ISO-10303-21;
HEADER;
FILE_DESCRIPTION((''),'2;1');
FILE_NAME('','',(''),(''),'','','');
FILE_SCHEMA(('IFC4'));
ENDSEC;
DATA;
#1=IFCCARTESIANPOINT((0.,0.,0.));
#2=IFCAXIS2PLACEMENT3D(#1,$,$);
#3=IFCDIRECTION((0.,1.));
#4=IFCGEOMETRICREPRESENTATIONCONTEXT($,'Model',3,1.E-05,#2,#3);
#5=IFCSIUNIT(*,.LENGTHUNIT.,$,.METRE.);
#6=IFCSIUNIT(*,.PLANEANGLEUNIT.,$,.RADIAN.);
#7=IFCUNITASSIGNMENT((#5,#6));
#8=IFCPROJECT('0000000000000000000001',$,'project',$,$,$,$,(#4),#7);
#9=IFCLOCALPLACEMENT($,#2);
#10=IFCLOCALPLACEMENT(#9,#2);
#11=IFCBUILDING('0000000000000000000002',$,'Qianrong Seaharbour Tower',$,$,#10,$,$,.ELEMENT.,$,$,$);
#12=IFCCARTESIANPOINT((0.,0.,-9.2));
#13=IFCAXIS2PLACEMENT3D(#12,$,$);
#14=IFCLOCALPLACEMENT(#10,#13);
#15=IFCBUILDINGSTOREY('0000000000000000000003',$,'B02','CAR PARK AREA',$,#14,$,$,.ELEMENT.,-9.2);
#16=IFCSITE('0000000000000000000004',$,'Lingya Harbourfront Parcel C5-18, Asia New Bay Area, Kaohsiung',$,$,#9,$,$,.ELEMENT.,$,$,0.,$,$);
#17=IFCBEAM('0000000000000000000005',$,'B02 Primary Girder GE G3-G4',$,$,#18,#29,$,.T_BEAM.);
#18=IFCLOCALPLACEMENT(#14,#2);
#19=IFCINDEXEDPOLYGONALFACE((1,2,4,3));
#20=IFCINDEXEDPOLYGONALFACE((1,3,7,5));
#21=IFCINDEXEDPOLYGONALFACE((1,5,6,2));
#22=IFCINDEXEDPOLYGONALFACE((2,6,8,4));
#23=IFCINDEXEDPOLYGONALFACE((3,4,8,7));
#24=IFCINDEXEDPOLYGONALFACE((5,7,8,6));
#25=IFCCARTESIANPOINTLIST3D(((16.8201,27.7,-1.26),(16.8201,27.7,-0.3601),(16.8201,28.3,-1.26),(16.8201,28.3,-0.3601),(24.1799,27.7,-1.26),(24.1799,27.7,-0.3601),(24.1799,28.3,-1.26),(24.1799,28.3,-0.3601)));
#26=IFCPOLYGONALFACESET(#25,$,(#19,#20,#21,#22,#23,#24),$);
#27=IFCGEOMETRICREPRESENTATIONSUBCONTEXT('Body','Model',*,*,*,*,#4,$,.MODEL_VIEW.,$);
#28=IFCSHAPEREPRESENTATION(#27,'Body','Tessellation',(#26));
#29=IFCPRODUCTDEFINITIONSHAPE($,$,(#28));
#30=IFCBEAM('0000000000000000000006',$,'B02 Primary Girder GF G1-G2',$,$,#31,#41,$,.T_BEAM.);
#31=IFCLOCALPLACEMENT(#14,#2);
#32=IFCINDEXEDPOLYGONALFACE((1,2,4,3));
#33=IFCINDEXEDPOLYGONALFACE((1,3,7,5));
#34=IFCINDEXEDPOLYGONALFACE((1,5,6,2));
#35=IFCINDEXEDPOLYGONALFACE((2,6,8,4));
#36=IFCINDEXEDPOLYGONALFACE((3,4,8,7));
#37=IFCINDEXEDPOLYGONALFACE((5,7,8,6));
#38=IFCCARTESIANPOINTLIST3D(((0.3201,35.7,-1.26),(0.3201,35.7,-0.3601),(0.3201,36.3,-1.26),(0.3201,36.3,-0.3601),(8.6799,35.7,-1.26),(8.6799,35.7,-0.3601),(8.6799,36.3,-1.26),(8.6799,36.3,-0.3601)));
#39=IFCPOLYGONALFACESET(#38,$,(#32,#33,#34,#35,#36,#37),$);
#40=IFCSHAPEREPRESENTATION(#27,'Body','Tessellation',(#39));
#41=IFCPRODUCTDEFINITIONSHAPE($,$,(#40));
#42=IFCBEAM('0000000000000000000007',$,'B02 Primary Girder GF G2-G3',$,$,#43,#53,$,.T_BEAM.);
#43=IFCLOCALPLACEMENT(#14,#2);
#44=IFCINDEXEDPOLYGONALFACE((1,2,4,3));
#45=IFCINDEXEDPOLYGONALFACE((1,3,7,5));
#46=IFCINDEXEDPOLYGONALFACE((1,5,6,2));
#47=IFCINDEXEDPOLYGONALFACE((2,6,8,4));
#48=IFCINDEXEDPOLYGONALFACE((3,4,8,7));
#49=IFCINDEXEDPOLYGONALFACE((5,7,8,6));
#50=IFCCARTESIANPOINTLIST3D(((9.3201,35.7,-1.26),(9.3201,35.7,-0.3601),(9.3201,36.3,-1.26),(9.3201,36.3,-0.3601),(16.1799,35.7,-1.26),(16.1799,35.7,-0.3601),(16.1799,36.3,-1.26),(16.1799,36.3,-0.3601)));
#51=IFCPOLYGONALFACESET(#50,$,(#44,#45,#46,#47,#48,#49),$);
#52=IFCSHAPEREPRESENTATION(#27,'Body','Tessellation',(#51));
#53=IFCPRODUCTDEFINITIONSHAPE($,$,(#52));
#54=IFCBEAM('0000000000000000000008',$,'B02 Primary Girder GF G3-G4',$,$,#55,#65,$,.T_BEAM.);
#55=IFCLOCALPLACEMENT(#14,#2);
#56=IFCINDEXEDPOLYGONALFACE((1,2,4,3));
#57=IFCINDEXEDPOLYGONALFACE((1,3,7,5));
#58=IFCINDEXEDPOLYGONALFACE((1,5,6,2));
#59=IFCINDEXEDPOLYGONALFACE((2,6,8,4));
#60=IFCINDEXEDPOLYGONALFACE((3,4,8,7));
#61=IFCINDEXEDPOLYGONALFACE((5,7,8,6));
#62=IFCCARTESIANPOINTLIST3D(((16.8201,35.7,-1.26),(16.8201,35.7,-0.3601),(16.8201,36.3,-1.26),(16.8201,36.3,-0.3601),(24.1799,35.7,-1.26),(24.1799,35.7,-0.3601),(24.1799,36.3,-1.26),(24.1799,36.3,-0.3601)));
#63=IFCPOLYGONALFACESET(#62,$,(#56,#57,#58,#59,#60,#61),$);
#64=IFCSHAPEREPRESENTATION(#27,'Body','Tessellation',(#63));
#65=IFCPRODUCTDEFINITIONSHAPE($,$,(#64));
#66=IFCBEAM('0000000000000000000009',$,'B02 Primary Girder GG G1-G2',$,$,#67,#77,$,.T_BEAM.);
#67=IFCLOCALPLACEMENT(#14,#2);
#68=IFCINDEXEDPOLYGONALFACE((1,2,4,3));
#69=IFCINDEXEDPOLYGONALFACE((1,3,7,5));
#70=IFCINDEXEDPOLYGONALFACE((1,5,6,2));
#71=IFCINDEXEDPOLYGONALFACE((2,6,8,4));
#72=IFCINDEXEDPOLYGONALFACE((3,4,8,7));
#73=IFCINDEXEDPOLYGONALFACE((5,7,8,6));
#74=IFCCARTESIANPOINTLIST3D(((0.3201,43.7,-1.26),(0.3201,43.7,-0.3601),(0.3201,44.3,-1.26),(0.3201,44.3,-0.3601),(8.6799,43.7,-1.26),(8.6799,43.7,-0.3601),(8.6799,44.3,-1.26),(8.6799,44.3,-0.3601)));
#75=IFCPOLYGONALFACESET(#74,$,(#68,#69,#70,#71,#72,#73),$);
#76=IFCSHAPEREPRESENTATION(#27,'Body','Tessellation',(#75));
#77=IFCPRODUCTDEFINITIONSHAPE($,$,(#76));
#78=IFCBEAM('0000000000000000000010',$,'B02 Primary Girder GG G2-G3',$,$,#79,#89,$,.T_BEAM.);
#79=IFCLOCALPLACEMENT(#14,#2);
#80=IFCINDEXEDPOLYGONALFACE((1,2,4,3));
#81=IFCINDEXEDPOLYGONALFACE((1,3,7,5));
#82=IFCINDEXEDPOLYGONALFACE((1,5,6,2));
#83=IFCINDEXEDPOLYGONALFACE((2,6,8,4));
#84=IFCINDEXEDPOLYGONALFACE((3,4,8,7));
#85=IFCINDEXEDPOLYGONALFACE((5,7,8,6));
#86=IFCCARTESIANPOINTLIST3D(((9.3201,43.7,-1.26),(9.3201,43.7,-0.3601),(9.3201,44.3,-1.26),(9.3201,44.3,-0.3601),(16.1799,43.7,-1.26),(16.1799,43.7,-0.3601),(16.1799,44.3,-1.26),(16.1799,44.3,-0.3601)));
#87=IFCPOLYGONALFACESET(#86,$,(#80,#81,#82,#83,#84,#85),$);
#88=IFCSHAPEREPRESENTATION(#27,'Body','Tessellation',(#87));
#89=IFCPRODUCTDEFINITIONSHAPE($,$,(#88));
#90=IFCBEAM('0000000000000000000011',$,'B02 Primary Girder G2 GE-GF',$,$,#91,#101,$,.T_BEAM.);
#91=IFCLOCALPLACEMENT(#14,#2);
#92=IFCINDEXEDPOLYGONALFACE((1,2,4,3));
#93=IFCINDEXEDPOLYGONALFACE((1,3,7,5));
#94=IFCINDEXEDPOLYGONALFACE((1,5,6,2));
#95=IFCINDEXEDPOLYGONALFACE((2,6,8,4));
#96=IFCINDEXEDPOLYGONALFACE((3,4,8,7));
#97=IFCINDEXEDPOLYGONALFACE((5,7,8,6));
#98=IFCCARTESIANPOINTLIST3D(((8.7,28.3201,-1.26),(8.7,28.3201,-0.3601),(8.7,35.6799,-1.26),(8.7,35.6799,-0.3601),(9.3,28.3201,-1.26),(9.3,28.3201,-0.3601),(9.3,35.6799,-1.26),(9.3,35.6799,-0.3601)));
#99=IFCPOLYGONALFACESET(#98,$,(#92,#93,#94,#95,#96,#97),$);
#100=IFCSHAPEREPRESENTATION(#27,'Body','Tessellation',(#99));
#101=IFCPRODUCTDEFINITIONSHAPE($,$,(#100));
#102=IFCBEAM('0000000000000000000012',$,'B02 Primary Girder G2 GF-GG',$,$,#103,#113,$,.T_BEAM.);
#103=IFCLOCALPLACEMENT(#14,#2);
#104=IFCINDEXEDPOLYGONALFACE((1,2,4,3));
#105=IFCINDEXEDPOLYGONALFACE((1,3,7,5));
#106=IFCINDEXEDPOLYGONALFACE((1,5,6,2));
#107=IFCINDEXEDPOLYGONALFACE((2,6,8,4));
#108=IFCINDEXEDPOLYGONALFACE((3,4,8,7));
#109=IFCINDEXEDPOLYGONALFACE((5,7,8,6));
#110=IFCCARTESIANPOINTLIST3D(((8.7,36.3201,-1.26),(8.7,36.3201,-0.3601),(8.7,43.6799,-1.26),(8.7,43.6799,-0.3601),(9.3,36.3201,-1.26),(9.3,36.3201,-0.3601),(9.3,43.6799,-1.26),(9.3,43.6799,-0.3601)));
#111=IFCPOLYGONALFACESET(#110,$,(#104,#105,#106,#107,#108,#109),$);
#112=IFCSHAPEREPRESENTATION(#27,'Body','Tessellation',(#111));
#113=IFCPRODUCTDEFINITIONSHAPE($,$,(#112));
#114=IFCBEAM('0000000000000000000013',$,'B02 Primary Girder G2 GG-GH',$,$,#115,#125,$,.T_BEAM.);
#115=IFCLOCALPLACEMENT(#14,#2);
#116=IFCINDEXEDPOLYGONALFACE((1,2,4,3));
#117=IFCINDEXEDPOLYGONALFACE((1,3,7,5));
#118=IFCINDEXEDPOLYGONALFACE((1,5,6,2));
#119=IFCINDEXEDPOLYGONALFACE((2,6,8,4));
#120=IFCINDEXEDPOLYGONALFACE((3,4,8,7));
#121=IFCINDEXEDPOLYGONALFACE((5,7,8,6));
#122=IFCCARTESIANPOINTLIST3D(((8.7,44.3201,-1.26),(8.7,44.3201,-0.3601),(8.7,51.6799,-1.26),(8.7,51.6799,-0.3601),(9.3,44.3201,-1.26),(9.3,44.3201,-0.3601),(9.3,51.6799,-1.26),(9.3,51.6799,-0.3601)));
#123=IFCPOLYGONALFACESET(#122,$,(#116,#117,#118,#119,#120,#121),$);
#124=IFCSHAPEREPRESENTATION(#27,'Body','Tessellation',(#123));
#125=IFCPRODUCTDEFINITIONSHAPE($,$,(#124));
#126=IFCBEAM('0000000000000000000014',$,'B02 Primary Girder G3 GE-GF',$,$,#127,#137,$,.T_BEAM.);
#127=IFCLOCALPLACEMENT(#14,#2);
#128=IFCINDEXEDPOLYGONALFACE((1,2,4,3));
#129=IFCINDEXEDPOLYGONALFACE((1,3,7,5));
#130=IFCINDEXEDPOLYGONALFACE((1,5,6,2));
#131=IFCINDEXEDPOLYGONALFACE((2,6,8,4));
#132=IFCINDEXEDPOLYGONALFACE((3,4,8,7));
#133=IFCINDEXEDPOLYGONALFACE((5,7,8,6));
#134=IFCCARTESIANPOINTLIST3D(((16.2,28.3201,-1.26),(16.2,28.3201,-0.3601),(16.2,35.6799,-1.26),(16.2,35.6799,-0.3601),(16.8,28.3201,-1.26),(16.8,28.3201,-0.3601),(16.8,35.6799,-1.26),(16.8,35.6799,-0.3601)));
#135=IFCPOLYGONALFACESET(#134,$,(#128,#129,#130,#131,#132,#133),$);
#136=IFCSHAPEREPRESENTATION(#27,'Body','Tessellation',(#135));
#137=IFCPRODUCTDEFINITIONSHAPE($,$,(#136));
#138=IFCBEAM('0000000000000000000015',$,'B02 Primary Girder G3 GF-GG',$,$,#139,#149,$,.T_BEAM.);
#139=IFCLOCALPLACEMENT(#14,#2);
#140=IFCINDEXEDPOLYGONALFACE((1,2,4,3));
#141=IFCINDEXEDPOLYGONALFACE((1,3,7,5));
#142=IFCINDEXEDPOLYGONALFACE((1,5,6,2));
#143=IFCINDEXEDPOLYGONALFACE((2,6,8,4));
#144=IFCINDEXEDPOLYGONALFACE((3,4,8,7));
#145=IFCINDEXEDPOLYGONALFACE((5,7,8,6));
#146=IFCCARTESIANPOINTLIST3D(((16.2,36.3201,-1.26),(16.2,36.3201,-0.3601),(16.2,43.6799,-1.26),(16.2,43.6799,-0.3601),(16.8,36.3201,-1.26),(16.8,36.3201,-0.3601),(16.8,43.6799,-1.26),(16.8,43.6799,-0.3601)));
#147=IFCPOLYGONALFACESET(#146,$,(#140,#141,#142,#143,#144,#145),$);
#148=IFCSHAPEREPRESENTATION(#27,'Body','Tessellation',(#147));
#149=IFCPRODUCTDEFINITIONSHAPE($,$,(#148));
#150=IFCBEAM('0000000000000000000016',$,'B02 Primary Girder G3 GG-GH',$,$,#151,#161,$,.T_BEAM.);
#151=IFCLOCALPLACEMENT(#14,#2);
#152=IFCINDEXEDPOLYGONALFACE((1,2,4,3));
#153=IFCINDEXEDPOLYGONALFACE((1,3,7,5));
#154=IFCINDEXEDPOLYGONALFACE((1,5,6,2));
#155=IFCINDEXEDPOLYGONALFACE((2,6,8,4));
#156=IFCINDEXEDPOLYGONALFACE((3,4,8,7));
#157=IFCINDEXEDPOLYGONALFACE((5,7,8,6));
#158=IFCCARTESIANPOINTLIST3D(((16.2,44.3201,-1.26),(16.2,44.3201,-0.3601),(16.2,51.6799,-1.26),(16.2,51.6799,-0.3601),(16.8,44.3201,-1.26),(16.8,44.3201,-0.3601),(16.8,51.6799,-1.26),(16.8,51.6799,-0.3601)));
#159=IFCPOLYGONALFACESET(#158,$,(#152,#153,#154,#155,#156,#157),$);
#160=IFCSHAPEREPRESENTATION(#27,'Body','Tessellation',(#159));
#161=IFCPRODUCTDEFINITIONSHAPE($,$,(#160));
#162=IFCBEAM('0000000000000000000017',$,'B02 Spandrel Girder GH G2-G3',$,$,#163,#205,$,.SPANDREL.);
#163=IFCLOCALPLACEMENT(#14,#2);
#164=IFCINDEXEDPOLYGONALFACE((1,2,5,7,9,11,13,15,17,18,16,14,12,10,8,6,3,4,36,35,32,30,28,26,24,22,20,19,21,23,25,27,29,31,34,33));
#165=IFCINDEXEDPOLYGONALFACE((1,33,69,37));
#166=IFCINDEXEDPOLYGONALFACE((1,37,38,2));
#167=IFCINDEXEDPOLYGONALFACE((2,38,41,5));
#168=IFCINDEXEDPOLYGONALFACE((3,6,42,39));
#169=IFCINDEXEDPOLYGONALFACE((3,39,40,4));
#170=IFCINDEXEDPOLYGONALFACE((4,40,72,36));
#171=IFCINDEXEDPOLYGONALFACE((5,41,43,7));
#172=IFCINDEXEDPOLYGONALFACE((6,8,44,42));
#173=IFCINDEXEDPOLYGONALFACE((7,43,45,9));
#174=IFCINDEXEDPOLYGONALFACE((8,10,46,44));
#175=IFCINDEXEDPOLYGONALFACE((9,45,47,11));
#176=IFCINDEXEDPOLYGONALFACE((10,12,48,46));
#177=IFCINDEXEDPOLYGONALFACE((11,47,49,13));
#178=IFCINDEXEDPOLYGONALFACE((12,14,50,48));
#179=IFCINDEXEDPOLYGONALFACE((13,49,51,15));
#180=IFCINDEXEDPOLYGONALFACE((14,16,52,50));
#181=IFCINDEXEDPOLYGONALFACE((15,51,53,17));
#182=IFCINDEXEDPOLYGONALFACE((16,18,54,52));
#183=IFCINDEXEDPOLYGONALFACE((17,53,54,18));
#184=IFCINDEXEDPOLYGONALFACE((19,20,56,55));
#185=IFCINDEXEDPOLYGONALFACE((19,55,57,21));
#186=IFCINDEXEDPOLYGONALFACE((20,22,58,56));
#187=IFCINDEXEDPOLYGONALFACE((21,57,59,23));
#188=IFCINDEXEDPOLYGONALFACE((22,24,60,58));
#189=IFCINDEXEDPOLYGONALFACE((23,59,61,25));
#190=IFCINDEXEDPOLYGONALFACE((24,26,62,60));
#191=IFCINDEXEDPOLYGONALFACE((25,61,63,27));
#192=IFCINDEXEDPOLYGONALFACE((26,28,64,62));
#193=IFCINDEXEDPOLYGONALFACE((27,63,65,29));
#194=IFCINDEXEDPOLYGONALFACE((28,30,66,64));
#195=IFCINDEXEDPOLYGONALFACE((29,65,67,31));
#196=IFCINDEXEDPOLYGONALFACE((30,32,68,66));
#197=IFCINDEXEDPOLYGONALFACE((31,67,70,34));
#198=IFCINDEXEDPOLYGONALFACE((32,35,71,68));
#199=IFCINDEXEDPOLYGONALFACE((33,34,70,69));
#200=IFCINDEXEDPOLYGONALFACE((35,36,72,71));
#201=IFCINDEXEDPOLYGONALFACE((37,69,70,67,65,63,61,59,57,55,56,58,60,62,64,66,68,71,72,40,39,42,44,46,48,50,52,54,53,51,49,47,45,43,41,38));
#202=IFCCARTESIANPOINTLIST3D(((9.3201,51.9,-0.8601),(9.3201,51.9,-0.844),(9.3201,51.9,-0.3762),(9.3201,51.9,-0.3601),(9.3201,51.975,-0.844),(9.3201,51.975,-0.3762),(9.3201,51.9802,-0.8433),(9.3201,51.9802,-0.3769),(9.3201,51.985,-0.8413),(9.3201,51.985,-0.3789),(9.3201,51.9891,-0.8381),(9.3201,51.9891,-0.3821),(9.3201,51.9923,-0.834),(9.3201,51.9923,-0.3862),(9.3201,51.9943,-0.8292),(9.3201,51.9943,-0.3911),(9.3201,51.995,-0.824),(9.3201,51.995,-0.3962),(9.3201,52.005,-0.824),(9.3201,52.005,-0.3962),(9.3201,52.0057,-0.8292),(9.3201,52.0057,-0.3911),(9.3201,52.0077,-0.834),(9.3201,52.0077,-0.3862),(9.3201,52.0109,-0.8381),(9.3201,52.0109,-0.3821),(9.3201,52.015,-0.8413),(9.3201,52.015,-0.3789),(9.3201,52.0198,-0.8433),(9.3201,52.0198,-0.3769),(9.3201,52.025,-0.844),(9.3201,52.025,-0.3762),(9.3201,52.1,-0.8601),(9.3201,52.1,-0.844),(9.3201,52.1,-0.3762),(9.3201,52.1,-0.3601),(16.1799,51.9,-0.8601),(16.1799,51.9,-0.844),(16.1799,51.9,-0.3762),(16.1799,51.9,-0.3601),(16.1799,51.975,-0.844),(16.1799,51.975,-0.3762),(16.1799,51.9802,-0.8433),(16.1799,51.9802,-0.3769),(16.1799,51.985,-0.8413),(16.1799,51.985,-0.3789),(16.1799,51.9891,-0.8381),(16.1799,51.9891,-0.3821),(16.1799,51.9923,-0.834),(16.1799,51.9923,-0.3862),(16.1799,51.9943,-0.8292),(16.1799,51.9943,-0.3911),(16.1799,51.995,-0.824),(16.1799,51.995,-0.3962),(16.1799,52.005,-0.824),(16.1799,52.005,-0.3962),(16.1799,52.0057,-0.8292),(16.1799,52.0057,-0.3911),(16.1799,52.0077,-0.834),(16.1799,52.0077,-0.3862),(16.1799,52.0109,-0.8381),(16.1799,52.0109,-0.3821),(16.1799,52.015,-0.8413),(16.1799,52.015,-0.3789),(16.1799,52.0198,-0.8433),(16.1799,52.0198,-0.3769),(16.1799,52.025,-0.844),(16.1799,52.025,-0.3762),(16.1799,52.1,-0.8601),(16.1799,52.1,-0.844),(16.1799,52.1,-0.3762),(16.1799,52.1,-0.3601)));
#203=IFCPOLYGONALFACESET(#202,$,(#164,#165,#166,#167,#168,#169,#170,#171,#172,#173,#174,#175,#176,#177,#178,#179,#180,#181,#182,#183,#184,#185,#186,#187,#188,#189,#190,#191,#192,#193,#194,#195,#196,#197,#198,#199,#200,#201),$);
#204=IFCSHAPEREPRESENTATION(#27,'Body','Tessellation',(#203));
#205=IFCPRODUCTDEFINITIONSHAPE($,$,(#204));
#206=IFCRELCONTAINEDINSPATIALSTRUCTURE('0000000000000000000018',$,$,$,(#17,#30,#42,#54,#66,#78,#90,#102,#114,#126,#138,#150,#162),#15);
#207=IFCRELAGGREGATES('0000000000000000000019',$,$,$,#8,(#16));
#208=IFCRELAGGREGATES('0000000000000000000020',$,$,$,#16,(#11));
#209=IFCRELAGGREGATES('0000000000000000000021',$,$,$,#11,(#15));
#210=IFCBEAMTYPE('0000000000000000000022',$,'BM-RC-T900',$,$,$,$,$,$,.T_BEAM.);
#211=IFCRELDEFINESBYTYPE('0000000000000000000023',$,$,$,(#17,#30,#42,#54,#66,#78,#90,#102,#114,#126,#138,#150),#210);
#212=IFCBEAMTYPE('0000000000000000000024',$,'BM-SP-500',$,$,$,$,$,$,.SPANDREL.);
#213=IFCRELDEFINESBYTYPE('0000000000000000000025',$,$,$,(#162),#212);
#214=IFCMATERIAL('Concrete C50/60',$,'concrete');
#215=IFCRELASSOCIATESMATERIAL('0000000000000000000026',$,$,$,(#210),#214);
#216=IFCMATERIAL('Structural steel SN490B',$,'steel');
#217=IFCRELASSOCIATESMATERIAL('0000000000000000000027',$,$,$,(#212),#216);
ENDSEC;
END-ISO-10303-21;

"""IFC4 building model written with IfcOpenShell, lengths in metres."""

from ifc_helpers import new_model, si_unit, direction, frame, origin, origin_2d, place, context, subcontext, project, spatial, rectangle, i_section, extrude, material, material_profile, profile_set, type_object, element, save


model = new_model("IFC4")

# Units and contexts
model_context = context("Model", 3, precision=1e-05, world=origin(), true_north=direction((0.0, 1.0)))
body_context = subcontext(model_context, "Body", "Model", "MODEL_VIEW")
ifc_project = project(units=[si_unit("LENGTHUNIT", "METRE"), si_unit("PLANEANGLEUNIT", "RADIAN")], contexts=[model_context])

# Site, building, storey
site_placement = place(None, origin())
site = spatial("IfcSite", under=ifc_project, at=site_placement, Name="Lingya Harbourfront Parcel C5-18, Asia New Bay Area, Kaohsiung", CompositionType="ELEMENT", RefElevation=0.0)
building_placement = place(site_placement, origin())
building = spatial("IfcBuilding", under=site, at=building_placement, Name="Qianrong Seaharbour Tower", CompositionType="ELEMENT")
storey_placement = place(building_placement, frame((0.0, 0.0, -9.2)))
storey = spatial("IfcBuildingStorey", under=building, at=storey_placement, Name="B02", Description="CAR PARK AREA", CompositionType="ELEMENT", Elevation=-9.2)

# Shared definitions
ifc_material_1 = material(Name="Structural steel SN490B", Category="steel")

# Beams
ifc_material_2 = material(Name="Concrete C50/60", Category="concrete")
ifc_material_profile_1 = material_profile(ifc_material_2, rectangle(XDim=0.6001, YDim=0.8999, at=origin_2d()), Name="RC600x900")
ifc_profile_set_1 = profile_set([ifc_material_profile_1], Name="Concrete C50/60")
beam_type_1 = type_object("IfcBeamType", Name="BM-RC-T900", PredefinedType="T_BEAM", material=ifc_profile_set_1)
beam_1_placement = place(storey_placement, frame((16.8201, 28.0, -0.8101), z_axis=(1.0, 0.0, 0.0), x_axis=(0.0, 1.0, 0.0)))
element("IfcBeam", 1, at=beam_1_placement, inside=storey, type_object=beam_type_1, Name="B02 Primary Girder GE G3-G4", PredefinedType="T_BEAM", context=body_context, shape_type="SweptSolid", body=[
    extrude(rectangle(XDim=0.6001, YDim=0.8999, at=origin_2d()), origin(), (0.0, 0.0, 1.0), 7.3599),
])
beam_2_placement = place(storey_placement, frame((0.3201, 36.0, -0.8101), z_axis=(1.0, 0.0, 0.0), x_axis=(0.0, 1.0, 0.0)))
element("IfcBeam", 2, at=beam_2_placement, inside=storey, type_object=beam_type_1, Name="B02 Primary Girder GF G1-G2", PredefinedType="T_BEAM", context=body_context, shape_type="SweptSolid", body=[
    extrude(rectangle(XDim=0.6001, YDim=0.8999, at=origin_2d()), origin(), (0.0, 0.0, 1.0), 8.3599),
])
beam_3_placement = place(storey_placement, frame((9.3201, 36.0, -0.8101), z_axis=(1.0, 0.0, 0.0), x_axis=(0.0, 1.0, 0.0)))
element("IfcBeam", 3, at=beam_3_placement, inside=storey, type_object=beam_type_1, Name="B02 Primary Girder GF G2-G3", PredefinedType="T_BEAM", context=body_context, shape_type="SweptSolid", body=[
    extrude(rectangle(XDim=0.6001, YDim=0.8999, at=origin_2d()), origin(), (0.0, 0.0, 1.0), 6.8599),
])
beam_4_placement = place(storey_placement, frame((16.8201, 36.0, -0.8101), z_axis=(1.0, 0.0, 0.0), x_axis=(0.0, 1.0, 0.0)))
element("IfcBeam", 4, at=beam_4_placement, inside=storey, type_object=beam_type_1, Name="B02 Primary Girder GF G3-G4", PredefinedType="T_BEAM", context=body_context, shape_type="SweptSolid", body=[
    extrude(rectangle(XDim=0.6001, YDim=0.8999, at=origin_2d()), origin(), (0.0, 0.0, 1.0), 7.3599),
])
beam_5_placement = place(storey_placement, frame((0.3201, 44.0, -0.8101), z_axis=(1.0, 0.0, 0.0), x_axis=(0.0, 1.0, 0.0)))
element("IfcBeam", 5, at=beam_5_placement, inside=storey, type_object=beam_type_1, Name="B02 Primary Girder GG G1-G2", PredefinedType="T_BEAM", context=body_context, shape_type="SweptSolid", body=[
    extrude(rectangle(XDim=0.6001, YDim=0.8999, at=origin_2d()), origin(), (0.0, 0.0, 1.0), 8.3599),
])
beam_6_placement = place(storey_placement, frame((9.3201, 44.0, -0.8101), z_axis=(1.0, 0.0, 0.0), x_axis=(0.0, 1.0, 0.0)))
element("IfcBeam", 6, at=beam_6_placement, inside=storey, type_object=beam_type_1, Name="B02 Primary Girder GG G2-G3", PredefinedType="T_BEAM", context=body_context, shape_type="SweptSolid", body=[
    extrude(rectangle(XDim=0.6001, YDim=0.8999, at=origin_2d()), origin(), (0.0, 0.0, 1.0), 6.8599),
])
for number, where, z_axis, x_axis, name in (
    (7, (9.0, 28.3201, -0.8101), (0.0, 1.0, 0.0), (-1.0, 0.0, 0.0), "B02 Primary Girder G2 GE-GF"),
    (8, (9.0, 36.3201, -0.8101), (0.0, 1.0, 0.0), (-1.0, 0.0, 0.0), "B02 Primary Girder G2 GF-GG"),
    (9, (9.0, 44.3201, -0.8101), (0.0, 1.0, 0.0), (-1.0, 0.0, 0.0), "B02 Primary Girder G2 GG-GH"),
    (10, (16.5, 28.3201, -0.8101), (0.0, 1.0, 0.0), (-1.0, 0.0, 0.0), "B02 Primary Girder G3 GE-GF"),
    (11, (16.5, 36.3201, -0.8101), (0.0, 1.0, 0.0), (-1.0, 0.0, 0.0), "B02 Primary Girder G3 GF-GG"),
    (12, (16.5, 44.3201, -0.8101), (0.0, 1.0, 0.0), (-1.0, 0.0, 0.0), "B02 Primary Girder G3 GG-GH"),
):
    element("IfcBeam", number, at=place(storey_placement, frame(where, z_axis=z_axis, x_axis=x_axis)), inside=storey, type_object=beam_type_1, Name=name, PredefinedType="T_BEAM", context=body_context, shape_type="SweptSolid", body=[
        extrude(rectangle(XDim=0.6001, YDim=0.8999, at=origin_2d()), origin(), (0.0, 0.0, 1.0), 7.3599),
    ])
ifc_material_profile_2 = material_profile(ifc_material_1, i_section(OverallWidth=0.2, OverallDepth=0.5, WebThickness=0.01, FlangeThickness=0.0161, FilletRadius=0.02, at=origin_2d()), Name="H500x200x10x16")
ifc_profile_set_2 = profile_set([ifc_material_profile_2], Name="Structural steel SN490B")
beam_type_2 = type_object("IfcBeamType", Name="BM-SP-500", PredefinedType="SPANDREL", material=ifc_profile_set_2)
beam_7_placement = place(storey_placement, frame((9.3201, 52.0, -0.6101), z_axis=(1.0, 0.0, 0.0), x_axis=(0.0, 1.0, 0.0)))
element("IfcBeam", 13, at=beam_7_placement, inside=storey, type_object=beam_type_2, Name="B02 Spandrel Girder GH G2-G3", PredefinedType="SPANDREL", context=body_context, shape_type="SweptSolid", body=[
    extrude(i_section(OverallWidth=0.2, OverallDepth=0.5, WebThickness=0.01, FlangeThickness=0.0161, FilletRadius=0.02, at=origin_2d()), origin(), (0.0, 0.0, 1.0), 6.8599),
])

save(model, "model.ifc")
